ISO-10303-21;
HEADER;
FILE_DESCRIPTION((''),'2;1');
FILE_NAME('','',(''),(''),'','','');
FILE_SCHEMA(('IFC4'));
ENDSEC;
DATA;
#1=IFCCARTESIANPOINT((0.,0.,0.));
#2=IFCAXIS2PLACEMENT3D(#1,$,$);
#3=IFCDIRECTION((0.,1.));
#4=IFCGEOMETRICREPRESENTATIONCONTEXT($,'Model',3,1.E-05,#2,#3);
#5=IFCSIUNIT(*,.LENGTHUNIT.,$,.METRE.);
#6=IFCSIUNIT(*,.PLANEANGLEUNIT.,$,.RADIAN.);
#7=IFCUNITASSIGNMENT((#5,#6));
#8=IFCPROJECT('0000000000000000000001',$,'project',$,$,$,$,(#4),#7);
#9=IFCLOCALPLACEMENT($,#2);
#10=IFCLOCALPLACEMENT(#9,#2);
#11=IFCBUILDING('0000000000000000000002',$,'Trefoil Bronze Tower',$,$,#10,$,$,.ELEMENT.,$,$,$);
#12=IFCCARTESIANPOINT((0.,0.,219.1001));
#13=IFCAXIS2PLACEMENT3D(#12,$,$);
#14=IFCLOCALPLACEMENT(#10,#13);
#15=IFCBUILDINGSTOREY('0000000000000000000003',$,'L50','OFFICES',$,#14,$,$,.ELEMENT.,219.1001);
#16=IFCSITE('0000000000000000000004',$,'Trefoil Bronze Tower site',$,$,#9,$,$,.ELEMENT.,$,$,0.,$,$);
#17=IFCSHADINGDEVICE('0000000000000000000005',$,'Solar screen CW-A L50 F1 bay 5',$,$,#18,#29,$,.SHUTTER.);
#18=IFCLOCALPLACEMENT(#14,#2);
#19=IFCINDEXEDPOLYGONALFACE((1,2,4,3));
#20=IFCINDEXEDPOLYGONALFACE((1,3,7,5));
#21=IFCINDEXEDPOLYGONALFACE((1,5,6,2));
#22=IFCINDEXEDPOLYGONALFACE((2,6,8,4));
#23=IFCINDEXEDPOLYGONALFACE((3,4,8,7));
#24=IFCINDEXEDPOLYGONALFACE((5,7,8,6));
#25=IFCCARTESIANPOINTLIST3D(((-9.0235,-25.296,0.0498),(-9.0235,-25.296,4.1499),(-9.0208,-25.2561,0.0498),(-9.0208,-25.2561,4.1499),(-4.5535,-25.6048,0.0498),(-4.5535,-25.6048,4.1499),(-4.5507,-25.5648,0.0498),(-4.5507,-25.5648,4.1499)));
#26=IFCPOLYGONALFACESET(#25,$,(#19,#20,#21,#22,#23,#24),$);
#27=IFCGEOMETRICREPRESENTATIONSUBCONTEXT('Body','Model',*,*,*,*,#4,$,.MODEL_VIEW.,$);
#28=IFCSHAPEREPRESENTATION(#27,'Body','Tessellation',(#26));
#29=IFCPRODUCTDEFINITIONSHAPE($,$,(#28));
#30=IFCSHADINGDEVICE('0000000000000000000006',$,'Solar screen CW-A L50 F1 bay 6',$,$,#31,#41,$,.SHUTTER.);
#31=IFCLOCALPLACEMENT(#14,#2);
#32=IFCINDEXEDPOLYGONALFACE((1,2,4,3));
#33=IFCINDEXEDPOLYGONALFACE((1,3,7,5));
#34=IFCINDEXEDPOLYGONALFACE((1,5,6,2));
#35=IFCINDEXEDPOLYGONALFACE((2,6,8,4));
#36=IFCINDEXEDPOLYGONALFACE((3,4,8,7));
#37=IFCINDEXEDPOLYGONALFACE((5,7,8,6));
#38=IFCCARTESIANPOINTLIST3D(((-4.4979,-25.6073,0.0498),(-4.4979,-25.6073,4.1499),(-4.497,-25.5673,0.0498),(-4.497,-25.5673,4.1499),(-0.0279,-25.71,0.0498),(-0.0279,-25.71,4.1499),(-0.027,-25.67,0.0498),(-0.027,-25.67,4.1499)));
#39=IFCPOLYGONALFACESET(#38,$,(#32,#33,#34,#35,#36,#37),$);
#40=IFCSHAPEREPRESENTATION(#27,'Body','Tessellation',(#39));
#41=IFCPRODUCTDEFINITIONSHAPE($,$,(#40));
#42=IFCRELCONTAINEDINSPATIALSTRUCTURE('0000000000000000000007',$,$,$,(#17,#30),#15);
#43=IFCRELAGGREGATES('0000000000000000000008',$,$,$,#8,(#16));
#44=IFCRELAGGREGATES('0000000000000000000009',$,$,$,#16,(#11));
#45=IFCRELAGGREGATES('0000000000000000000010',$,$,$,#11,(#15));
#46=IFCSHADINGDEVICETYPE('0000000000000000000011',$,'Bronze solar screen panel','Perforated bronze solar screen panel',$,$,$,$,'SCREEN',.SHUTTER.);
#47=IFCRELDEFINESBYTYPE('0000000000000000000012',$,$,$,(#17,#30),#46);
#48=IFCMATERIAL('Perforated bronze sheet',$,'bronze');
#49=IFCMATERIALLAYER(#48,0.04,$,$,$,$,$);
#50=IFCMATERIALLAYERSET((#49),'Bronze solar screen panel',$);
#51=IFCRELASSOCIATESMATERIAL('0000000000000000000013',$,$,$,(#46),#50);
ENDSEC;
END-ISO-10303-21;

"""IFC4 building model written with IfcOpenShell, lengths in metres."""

from ifc_helpers import new_model, si_unit, direction, frame, origin, origin_2d, place, context, subcontext, project, spatial, rectangle, extrude, material, layer, layer_set, type_object, element, save


model = new_model("IFC4")

# Units and contexts
model_context = context("Model", 3, precision=1e-05, world=origin(), true_north=direction((0.0, 1.0)))
body_context = subcontext(model_context, "Body", "Model", "MODEL_VIEW")
ifc_project = project(units=[si_unit("LENGTHUNIT", "METRE"), si_unit("PLANEANGLEUNIT", "RADIAN")], contexts=[model_context])

# Site, building, storey
site_placement = place(None, origin())
site = spatial("IfcSite", under=ifc_project, at=site_placement, Name="Trefoil Bronze Tower site", CompositionType="ELEMENT", RefElevation=0.0)
building_placement = place(site_placement, origin())
building = spatial("IfcBuilding", under=site, at=building_placement, Name="Trefoil Bronze Tower", CompositionType="ELEMENT")
storey_placement = place(building_placement, frame((0.0, 0.0, 219.1001)))
storey = spatial("IfcBuildingStorey", under=building, at=storey_placement, Name="L50", Description="OFFICES", CompositionType="ELEMENT", Elevation=219.1001)

# Shading devices
ifc_material_1 = material(Name="Perforated bronze sheet", Category="bronze")
ifc_layer_1 = layer(ifc_material_1, 0.04)
ifc_layer_set_1 = layer_set([ifc_layer_1], Name="Bronze solar screen panel")
shading_device_type = type_object("IfcShadingDeviceType", Name="Bronze solar screen panel", Description="Perforated bronze solar screen panel", ElementType="SCREEN", PredefinedType="SHUTTER", material=ifc_layer_set_1)
shading_device_1_placement = place(storey_placement, frame((-6.7871, -25.4304, 0.0498), z_axis=(0.0, 0.0, 1.0), x_axis=(0.997623, -0.068915, 0.0)))
element("IfcShadingDevice", 1, at=shading_device_1_placement, inside=storey, type_object=shading_device_type, Name="Solar screen CW-A L50 F1 bay 5", PredefinedType="SHUTTER", context=body_context, shape_type="SweptSolid", body=[
    extrude(rectangle(XDim=4.4807, YDim=0.04, at=origin_2d()), origin(), (0.0, 0.0, 1.0), 4.1001),
])
shading_device_2_placement = place(storey_placement, frame((-2.2625, -25.6387, 0.0498), z_axis=(0.0, 0.0, 1.0), x_axis=(0.999736, -0.022972, 0.0)))
element("IfcShadingDevice", 2, at=shading_device_2_placement, inside=storey, type_object=shading_device_type, Name="Solar screen CW-A L50 F1 bay 6", PredefinedType="SHUTTER", context=body_context, shape_type="SweptSolid", body=[
    extrude(rectangle(XDim=4.4712, YDim=0.04, at=origin_2d()), origin(), (0.0, 0.0, 1.0), 4.1001),
])

save(model, "model.ifc")
